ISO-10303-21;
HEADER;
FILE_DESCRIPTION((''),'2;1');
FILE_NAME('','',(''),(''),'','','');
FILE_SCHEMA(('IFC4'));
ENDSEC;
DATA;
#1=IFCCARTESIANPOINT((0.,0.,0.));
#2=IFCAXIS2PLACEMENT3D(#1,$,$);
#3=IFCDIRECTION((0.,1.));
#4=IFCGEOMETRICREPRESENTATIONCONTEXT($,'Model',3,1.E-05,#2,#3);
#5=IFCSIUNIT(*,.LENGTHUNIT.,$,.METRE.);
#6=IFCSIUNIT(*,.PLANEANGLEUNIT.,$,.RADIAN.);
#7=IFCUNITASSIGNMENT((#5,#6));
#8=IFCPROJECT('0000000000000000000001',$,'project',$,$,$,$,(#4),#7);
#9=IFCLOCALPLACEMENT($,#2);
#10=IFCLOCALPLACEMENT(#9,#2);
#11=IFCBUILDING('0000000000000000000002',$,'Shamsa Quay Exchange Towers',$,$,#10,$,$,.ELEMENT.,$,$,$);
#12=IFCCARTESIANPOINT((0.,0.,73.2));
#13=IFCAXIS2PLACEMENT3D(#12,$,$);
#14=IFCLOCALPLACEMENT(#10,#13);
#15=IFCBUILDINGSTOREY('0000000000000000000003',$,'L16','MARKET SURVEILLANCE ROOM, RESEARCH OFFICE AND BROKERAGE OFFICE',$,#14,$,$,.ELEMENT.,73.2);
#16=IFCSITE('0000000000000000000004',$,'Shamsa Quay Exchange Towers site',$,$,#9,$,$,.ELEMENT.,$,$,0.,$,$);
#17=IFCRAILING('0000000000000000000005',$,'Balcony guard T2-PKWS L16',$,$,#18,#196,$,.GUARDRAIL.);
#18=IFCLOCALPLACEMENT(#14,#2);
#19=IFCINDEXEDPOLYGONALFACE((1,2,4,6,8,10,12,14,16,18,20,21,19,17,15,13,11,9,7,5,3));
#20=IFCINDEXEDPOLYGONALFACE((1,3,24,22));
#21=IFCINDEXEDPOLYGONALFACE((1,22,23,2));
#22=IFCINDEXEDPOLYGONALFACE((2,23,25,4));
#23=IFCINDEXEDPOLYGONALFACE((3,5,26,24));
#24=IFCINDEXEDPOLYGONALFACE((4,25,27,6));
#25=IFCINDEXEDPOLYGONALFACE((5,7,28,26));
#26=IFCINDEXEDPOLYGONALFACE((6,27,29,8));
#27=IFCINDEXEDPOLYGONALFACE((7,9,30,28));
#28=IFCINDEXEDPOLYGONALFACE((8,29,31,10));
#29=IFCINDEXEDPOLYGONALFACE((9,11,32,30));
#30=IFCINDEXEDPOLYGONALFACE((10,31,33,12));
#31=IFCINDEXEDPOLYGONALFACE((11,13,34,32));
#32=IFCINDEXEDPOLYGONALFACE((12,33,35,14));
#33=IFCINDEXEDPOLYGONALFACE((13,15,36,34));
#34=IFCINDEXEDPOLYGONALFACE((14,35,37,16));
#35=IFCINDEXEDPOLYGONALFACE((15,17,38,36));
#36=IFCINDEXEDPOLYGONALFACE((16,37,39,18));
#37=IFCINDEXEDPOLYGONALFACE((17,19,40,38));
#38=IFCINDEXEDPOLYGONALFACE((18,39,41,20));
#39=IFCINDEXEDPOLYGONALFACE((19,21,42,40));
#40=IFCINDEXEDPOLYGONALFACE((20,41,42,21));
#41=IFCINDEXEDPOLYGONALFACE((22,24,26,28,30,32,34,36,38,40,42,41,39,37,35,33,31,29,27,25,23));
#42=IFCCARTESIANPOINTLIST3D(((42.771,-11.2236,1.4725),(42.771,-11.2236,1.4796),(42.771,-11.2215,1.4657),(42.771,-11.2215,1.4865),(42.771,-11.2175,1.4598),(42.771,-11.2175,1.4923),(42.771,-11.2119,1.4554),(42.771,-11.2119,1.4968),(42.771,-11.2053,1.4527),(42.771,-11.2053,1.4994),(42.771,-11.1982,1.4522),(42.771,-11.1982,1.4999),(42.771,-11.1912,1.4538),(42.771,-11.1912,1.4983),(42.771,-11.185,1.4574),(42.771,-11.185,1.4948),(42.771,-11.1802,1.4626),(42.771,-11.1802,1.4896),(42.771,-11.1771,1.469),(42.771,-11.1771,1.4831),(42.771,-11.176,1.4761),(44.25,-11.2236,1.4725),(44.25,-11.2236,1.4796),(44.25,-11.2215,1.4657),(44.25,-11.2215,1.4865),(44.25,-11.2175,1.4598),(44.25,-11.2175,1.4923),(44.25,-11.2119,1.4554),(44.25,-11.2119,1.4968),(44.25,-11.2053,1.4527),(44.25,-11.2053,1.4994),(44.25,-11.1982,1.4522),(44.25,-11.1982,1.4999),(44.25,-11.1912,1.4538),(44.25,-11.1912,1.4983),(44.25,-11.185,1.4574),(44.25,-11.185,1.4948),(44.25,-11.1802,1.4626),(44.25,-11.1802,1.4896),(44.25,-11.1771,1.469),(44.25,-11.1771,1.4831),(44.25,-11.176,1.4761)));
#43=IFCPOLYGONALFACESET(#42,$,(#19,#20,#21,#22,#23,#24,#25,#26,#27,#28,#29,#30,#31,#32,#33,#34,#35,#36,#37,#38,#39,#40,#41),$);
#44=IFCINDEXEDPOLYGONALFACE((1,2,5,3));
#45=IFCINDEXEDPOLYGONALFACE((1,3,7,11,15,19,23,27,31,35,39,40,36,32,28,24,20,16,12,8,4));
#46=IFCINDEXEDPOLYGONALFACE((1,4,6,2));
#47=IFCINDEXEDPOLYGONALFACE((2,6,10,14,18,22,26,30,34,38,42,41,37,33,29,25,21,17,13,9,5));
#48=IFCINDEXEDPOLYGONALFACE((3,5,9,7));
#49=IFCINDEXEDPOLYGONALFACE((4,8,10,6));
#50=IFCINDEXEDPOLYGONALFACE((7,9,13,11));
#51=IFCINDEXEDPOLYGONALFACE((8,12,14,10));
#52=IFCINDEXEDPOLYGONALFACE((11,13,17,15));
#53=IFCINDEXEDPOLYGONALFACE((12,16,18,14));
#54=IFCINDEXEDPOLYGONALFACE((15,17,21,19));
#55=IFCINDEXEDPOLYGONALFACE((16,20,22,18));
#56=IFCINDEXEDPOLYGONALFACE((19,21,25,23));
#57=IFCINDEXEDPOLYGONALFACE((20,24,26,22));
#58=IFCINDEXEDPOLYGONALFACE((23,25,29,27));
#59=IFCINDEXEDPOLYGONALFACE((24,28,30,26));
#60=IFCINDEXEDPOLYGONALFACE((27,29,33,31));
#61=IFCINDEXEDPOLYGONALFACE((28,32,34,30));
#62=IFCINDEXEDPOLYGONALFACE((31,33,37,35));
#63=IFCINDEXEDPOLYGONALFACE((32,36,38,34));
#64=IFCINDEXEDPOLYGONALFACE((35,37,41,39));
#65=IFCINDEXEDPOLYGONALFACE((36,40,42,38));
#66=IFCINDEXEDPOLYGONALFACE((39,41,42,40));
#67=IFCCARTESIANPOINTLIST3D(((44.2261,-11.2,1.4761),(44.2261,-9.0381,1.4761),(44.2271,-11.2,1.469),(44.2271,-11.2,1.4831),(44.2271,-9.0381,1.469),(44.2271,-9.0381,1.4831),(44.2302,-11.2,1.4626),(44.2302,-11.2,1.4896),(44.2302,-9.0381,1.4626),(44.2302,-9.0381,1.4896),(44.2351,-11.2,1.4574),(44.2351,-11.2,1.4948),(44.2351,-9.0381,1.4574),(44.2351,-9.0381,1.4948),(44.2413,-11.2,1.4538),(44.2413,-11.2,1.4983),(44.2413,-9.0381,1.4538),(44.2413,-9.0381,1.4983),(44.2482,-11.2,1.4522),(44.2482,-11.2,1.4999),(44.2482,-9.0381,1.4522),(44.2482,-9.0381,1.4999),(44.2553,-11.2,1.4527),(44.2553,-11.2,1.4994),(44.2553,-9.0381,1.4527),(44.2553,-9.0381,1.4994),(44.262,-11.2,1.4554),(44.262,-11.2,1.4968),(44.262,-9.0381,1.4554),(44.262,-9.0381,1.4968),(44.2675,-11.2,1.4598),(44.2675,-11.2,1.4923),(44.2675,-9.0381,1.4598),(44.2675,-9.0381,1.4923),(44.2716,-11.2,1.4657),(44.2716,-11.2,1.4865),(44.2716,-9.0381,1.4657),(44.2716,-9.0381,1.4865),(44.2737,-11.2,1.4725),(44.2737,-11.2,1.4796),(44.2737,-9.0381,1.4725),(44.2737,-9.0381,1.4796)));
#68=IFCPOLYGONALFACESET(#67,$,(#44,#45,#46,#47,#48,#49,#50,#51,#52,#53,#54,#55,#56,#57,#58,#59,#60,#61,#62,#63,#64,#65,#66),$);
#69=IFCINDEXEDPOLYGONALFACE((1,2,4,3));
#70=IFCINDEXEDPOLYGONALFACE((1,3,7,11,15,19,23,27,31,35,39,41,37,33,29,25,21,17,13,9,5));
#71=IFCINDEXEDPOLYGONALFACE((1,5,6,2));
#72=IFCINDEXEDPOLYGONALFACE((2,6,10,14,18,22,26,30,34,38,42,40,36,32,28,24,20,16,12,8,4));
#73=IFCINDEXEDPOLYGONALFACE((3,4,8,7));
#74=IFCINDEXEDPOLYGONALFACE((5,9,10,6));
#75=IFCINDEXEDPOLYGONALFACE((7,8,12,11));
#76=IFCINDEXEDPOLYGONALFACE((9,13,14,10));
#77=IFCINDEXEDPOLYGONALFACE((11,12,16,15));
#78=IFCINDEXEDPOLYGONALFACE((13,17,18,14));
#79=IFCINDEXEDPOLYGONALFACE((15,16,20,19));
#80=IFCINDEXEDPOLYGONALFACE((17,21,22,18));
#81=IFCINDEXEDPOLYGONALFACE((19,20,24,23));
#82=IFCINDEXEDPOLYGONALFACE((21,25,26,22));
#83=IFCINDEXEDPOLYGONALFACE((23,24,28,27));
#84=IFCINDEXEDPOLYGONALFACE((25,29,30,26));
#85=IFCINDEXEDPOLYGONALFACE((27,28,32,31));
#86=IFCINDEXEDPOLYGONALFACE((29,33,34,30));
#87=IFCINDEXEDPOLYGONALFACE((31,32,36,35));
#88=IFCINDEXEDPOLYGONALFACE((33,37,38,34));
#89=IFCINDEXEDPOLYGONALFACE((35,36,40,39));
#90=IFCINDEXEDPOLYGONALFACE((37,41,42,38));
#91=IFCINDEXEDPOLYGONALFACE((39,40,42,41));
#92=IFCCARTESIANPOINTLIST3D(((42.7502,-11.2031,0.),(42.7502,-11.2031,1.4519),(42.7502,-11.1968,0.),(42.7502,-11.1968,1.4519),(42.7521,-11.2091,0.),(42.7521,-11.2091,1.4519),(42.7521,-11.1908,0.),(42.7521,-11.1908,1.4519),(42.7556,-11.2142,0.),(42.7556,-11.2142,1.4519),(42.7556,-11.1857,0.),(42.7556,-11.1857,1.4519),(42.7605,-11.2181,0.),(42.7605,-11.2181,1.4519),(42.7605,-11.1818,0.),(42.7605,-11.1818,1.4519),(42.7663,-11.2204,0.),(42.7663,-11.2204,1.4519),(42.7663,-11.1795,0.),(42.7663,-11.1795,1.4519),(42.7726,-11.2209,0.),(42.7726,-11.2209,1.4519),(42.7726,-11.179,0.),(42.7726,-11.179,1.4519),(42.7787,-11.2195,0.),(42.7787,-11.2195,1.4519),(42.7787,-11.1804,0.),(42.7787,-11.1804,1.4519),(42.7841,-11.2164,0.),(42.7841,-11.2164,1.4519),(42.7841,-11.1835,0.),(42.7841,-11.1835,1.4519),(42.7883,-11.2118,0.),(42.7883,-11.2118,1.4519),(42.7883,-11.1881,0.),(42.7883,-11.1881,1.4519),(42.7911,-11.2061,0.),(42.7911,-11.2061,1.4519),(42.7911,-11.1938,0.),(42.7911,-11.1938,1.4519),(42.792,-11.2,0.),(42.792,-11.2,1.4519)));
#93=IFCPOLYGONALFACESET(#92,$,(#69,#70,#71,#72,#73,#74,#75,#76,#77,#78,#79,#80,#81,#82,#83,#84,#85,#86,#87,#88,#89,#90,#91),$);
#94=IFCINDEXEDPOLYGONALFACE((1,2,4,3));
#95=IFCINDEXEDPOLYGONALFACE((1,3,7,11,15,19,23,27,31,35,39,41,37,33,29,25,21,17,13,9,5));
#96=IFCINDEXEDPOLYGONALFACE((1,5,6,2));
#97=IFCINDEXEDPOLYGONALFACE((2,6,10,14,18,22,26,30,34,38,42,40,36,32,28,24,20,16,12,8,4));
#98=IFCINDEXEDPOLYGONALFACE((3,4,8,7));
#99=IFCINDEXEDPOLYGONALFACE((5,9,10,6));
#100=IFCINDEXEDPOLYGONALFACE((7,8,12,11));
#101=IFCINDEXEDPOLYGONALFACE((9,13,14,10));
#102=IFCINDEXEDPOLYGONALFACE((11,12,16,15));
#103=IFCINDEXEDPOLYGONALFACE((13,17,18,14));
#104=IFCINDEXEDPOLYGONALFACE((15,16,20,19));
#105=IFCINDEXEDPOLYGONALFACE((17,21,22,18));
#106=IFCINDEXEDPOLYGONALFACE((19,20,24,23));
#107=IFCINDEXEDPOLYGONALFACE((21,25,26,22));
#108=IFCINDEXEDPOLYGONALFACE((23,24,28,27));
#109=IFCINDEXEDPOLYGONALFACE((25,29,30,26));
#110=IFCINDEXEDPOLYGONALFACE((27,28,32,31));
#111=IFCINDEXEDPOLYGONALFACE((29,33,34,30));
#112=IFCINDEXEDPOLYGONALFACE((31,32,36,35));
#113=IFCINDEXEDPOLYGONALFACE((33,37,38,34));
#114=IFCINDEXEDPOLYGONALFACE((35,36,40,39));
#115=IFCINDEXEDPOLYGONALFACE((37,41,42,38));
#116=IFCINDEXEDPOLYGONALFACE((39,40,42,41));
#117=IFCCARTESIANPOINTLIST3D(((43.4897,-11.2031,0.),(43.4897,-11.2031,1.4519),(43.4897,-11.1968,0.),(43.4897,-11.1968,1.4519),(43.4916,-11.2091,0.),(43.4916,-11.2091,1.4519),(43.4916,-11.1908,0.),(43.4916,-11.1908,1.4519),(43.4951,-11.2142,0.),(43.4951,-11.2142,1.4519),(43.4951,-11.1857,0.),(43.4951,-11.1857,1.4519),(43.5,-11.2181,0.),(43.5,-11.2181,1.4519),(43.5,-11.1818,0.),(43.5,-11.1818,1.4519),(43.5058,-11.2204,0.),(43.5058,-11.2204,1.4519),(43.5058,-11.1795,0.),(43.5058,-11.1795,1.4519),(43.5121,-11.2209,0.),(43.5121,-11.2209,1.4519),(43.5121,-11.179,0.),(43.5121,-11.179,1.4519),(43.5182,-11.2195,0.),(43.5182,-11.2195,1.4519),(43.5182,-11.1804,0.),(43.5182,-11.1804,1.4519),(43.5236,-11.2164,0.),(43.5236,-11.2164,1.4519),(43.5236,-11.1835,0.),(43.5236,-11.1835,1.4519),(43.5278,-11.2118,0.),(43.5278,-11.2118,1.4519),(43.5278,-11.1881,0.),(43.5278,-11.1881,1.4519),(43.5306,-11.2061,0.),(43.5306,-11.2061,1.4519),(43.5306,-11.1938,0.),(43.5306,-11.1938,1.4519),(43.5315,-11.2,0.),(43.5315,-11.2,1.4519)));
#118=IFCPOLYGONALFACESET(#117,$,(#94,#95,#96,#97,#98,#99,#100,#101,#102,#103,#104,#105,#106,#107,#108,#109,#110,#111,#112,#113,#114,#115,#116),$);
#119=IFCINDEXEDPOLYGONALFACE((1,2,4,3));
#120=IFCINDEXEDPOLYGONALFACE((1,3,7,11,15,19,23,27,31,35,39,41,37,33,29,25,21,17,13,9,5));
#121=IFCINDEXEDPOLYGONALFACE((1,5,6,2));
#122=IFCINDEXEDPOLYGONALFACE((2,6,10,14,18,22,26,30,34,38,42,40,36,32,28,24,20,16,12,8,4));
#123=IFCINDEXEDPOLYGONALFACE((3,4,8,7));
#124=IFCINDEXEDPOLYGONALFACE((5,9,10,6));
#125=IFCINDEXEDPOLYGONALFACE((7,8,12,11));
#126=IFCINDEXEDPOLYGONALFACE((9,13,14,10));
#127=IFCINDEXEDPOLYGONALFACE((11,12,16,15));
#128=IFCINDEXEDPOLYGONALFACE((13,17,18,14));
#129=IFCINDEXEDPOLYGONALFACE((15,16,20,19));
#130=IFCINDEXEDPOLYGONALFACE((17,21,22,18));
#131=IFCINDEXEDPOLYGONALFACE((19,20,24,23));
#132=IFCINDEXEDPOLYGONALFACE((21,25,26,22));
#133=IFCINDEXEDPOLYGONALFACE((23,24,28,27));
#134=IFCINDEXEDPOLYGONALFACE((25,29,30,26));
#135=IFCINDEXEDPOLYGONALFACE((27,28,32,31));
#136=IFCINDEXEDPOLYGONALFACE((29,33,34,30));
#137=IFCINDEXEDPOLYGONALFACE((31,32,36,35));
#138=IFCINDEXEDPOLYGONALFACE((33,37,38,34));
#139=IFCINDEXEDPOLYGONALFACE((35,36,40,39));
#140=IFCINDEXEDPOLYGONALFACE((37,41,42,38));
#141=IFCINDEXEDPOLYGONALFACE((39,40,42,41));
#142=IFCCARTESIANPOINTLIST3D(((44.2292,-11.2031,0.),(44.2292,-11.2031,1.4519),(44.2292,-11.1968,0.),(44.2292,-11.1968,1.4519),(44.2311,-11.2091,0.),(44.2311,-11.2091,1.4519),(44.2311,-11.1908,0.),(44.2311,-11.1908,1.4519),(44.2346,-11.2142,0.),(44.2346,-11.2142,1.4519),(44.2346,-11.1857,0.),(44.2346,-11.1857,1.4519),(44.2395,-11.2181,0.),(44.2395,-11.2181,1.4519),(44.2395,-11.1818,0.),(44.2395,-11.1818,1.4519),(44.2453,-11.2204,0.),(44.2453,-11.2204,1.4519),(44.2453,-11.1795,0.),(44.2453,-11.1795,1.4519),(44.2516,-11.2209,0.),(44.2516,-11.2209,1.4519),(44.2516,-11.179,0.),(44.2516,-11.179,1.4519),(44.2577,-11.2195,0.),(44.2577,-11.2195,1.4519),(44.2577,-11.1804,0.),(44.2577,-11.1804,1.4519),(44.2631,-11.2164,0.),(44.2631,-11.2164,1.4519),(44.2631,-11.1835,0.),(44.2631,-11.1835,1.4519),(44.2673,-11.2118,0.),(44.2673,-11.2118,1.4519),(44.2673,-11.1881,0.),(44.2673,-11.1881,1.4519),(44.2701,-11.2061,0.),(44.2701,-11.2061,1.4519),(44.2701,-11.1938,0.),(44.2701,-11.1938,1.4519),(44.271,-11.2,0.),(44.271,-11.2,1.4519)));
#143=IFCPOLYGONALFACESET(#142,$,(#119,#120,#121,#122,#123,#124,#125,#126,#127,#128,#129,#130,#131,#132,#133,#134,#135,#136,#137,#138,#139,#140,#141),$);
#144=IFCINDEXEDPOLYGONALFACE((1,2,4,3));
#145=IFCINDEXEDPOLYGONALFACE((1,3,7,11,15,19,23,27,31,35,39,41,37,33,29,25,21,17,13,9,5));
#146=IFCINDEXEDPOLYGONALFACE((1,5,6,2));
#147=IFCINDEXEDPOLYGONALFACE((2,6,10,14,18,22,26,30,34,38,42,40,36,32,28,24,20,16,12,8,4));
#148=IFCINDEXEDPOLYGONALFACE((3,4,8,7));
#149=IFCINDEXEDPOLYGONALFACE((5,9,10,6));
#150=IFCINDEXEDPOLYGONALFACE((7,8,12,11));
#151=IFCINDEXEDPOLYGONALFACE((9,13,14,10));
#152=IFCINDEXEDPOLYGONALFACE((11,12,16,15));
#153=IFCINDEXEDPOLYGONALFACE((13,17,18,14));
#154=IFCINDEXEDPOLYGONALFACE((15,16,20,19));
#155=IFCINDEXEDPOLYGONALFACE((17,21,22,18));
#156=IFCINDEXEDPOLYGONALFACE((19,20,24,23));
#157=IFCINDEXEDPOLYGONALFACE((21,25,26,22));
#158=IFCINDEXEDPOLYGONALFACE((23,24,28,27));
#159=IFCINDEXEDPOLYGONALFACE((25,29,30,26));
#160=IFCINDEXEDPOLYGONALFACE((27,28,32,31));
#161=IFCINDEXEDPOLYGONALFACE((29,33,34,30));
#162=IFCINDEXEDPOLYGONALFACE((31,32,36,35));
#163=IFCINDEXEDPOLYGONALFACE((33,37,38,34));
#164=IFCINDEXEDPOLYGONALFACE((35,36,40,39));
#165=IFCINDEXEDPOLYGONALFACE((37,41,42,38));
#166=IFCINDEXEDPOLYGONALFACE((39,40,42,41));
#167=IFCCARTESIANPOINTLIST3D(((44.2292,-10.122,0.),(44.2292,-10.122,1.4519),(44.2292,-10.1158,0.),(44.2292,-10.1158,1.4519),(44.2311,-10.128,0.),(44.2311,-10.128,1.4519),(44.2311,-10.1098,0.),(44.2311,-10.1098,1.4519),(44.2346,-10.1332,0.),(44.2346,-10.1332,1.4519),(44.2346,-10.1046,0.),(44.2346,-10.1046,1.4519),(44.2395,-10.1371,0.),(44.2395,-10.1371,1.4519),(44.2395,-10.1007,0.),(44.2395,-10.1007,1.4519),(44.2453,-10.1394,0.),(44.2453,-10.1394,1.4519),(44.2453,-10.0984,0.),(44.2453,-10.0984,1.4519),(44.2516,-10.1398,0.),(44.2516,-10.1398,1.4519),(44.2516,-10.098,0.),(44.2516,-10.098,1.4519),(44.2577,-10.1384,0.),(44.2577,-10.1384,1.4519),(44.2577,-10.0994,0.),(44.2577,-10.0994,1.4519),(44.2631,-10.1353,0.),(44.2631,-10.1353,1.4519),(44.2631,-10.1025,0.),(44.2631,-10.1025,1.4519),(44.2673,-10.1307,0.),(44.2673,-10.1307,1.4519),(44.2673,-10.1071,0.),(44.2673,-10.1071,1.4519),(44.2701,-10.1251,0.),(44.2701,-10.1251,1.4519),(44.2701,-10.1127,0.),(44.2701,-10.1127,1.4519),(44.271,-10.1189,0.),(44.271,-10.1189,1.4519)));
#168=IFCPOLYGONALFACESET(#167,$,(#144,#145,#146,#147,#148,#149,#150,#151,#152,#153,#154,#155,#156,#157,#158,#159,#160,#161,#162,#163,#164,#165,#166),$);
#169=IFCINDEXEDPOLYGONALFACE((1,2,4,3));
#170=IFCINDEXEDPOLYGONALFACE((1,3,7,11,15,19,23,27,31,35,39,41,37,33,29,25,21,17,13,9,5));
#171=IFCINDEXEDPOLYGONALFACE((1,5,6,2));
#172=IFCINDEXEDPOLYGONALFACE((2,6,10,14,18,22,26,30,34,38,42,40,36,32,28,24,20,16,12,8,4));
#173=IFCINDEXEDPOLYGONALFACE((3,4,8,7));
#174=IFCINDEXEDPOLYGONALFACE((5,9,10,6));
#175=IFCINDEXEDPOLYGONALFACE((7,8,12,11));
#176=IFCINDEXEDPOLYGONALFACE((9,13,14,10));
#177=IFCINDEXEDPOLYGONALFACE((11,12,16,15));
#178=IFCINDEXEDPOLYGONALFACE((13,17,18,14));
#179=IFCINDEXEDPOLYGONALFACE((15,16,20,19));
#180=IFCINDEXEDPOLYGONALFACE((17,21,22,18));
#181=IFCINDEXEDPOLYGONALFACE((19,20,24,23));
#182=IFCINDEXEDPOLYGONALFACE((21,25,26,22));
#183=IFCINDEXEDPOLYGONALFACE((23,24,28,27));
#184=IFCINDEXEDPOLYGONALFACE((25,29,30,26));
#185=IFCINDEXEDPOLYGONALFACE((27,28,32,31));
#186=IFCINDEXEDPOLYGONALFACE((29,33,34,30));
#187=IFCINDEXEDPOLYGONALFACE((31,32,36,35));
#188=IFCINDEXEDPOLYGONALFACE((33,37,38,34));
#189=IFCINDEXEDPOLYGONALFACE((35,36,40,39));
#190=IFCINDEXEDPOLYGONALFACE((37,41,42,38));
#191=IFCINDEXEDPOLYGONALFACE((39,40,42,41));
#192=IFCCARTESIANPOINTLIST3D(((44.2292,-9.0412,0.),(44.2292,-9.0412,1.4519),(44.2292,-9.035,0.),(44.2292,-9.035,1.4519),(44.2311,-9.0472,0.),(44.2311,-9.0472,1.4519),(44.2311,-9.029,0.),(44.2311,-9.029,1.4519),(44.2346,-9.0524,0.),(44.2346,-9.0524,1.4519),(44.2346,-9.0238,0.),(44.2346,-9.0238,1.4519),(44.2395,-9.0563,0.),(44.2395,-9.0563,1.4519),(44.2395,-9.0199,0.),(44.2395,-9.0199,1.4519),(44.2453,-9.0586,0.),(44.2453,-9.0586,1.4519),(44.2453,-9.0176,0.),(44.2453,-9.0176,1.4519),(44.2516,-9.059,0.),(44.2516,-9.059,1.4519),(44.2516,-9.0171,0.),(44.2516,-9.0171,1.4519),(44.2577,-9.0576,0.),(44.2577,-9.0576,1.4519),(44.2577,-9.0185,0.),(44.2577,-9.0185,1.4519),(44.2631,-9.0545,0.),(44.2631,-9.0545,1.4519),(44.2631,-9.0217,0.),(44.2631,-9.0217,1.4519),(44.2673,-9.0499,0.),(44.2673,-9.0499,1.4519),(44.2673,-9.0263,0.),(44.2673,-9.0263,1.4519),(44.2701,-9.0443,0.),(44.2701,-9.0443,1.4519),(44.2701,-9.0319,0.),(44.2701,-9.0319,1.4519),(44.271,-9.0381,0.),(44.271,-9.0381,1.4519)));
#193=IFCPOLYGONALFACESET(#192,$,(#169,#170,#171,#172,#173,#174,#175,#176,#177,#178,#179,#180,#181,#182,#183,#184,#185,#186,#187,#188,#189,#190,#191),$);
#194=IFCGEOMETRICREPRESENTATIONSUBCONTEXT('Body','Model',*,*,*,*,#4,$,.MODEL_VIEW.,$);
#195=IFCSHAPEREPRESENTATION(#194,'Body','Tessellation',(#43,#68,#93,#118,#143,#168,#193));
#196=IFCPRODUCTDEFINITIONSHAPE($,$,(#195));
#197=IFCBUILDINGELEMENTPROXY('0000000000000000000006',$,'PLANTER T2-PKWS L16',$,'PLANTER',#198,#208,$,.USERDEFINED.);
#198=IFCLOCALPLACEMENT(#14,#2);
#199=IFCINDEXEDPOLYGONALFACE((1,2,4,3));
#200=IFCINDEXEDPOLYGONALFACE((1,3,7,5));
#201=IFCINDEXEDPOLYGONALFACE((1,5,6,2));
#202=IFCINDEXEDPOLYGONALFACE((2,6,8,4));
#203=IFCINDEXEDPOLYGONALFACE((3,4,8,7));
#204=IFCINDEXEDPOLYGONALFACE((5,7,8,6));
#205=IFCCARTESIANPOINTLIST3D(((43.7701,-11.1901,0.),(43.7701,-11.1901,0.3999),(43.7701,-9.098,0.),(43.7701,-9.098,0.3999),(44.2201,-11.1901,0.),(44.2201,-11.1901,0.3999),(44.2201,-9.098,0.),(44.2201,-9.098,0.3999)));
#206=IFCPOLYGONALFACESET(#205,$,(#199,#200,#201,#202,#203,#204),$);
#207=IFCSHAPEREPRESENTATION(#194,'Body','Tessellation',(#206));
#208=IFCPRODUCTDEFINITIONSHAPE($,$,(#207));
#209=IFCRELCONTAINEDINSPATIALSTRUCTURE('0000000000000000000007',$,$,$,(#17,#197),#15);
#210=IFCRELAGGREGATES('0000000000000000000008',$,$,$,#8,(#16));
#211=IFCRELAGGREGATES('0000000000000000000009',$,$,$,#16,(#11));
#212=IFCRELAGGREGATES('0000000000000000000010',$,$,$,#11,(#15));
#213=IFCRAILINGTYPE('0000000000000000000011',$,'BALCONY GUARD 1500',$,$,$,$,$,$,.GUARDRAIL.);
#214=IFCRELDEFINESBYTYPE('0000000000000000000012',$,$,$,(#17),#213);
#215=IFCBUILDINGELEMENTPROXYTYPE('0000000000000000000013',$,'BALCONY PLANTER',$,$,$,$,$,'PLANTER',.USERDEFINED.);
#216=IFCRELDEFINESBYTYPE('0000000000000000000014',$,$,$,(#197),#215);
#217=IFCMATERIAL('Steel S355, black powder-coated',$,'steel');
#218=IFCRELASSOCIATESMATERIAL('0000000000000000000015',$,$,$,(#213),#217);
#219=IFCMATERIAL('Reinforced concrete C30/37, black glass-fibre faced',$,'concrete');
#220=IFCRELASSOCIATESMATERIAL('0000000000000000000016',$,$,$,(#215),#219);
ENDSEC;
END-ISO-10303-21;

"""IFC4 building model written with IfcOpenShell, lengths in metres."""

from ifc_helpers import new_model, si_unit, direction, frame, origin, origin_2d, place, context, subcontext, project, spatial, rectangle, circle, extrude, material, type_object, element, save


model = new_model("IFC4")

# Units and contexts
model_context = context("Model", 3, precision=1e-05, world=origin(), true_north=direction((0.0, 1.0)))
body_context = subcontext(model_context, "Body", "Model", "MODEL_VIEW")
ifc_project = project(units=[si_unit("LENGTHUNIT", "METRE"), si_unit("PLANEANGLEUNIT", "RADIAN")], contexts=[model_context])

# Site, building, storey
site_placement = place(None, origin())
site = spatial("IfcSite", under=ifc_project, at=site_placement, Name="Shamsa Quay Exchange Towers site", CompositionType="ELEMENT", RefElevation=0.0)
building_placement = place(site_placement, origin())
building = spatial("IfcBuilding", under=site, at=building_placement, Name="Shamsa Quay Exchange Towers", CompositionType="ELEMENT")
storey_placement = place(building_placement, frame((0.0, 0.0, 73.2)))
storey = spatial("IfcBuildingStorey", under=building, at=storey_placement, Name="L16", Description="MARKET SURVEILLANCE ROOM, RESEARCH OFFICE AND BROKERAGE OFFICE", CompositionType="ELEMENT", Elevation=73.2)

# Railing
ifc_material_1 = material(Name="Steel S355, black powder-coated", Category="steel")
railing_type = type_object("IfcRailingType", Name="BALCONY GUARD 1500", PredefinedType="GUARDRAIL", material=ifc_material_1)
railing_placement = place(storey_placement, frame((42.771, -11.2, 0.0)))
element("IfcRailing", 1, at=railing_placement, inside=storey, type_object=railing_type, Name="Balcony guard T2-PKWS L16", PredefinedType="GUARDRAIL", context=body_context, shape_type="SweptSolid", body=[
    extrude(circle(Radius=0.0239, at=origin_2d()), frame((0.0, 0.0, 1.4761), z_axis=(1.0, 0.0, 0.0), x_axis=(0.0, 1.0, 0.0)), (0.0, 0.0, 1.0), 1.479),
    extrude(circle(Radius=0.0239, at=origin_2d()), frame((1.479, 0.0, 1.4761), z_axis=(0.0, 1.0, 0.0), x_axis=(-1.0, 0.0, 0.0)), (0.0, 0.0, 1.0), 2.1619),
    extrude(circle(Radius=0.021, at=origin_2d()), origin(), (0.0, 0.0, 1.0), 1.4519),
    extrude(circle(Radius=0.021, at=origin_2d()), frame((0.7395, 0.0, 0.0)), (0.0, 0.0, 1.0), 1.4519),
    extrude(circle(Radius=0.021, at=origin_2d()), frame((1.479, 0.0, 0.0)), (0.0, 0.0, 1.0), 1.4519),
    extrude(circle(Radius=0.021, at=origin_2d()), frame((1.479, 1.0811, 0.0)), (0.0, 0.0, 1.0), 1.4519),
    extrude(circle(Radius=0.021, at=origin_2d()), frame((1.479, 2.1619, 0.0)), (0.0, 0.0, 1.0), 1.4519),
])

# Building element proxy
ifc_material_2 = material(Name="Reinforced concrete C30/37, black glass-fibre faced", Category="concrete")
building_element_proxy_type = type_object("IfcBuildingElementProxyType", Name="BALCONY PLANTER", ElementType="PLANTER", PredefinedType="USERDEFINED", material=ifc_material_2)
proxy_placement = place(storey_placement, frame((43.9951, -10.144, 0.0), z_axis=(0.0, 0.0, 1.0), x_axis=(0.0, 1.0, 0.0)))
element("IfcBuildingElementProxy", 2, at=proxy_placement, inside=storey, type_object=building_element_proxy_type, Name="PLANTER T2-PKWS L16", ObjectType="PLANTER", PredefinedType="USERDEFINED", context=body_context, shape_type="SweptSolid", body=[
    extrude(rectangle(XDim=2.092, YDim=0.45, at=origin_2d()), origin(), (0.0, 0.0, 1.0), 0.3999),
])

save(model, "model.ifc")
